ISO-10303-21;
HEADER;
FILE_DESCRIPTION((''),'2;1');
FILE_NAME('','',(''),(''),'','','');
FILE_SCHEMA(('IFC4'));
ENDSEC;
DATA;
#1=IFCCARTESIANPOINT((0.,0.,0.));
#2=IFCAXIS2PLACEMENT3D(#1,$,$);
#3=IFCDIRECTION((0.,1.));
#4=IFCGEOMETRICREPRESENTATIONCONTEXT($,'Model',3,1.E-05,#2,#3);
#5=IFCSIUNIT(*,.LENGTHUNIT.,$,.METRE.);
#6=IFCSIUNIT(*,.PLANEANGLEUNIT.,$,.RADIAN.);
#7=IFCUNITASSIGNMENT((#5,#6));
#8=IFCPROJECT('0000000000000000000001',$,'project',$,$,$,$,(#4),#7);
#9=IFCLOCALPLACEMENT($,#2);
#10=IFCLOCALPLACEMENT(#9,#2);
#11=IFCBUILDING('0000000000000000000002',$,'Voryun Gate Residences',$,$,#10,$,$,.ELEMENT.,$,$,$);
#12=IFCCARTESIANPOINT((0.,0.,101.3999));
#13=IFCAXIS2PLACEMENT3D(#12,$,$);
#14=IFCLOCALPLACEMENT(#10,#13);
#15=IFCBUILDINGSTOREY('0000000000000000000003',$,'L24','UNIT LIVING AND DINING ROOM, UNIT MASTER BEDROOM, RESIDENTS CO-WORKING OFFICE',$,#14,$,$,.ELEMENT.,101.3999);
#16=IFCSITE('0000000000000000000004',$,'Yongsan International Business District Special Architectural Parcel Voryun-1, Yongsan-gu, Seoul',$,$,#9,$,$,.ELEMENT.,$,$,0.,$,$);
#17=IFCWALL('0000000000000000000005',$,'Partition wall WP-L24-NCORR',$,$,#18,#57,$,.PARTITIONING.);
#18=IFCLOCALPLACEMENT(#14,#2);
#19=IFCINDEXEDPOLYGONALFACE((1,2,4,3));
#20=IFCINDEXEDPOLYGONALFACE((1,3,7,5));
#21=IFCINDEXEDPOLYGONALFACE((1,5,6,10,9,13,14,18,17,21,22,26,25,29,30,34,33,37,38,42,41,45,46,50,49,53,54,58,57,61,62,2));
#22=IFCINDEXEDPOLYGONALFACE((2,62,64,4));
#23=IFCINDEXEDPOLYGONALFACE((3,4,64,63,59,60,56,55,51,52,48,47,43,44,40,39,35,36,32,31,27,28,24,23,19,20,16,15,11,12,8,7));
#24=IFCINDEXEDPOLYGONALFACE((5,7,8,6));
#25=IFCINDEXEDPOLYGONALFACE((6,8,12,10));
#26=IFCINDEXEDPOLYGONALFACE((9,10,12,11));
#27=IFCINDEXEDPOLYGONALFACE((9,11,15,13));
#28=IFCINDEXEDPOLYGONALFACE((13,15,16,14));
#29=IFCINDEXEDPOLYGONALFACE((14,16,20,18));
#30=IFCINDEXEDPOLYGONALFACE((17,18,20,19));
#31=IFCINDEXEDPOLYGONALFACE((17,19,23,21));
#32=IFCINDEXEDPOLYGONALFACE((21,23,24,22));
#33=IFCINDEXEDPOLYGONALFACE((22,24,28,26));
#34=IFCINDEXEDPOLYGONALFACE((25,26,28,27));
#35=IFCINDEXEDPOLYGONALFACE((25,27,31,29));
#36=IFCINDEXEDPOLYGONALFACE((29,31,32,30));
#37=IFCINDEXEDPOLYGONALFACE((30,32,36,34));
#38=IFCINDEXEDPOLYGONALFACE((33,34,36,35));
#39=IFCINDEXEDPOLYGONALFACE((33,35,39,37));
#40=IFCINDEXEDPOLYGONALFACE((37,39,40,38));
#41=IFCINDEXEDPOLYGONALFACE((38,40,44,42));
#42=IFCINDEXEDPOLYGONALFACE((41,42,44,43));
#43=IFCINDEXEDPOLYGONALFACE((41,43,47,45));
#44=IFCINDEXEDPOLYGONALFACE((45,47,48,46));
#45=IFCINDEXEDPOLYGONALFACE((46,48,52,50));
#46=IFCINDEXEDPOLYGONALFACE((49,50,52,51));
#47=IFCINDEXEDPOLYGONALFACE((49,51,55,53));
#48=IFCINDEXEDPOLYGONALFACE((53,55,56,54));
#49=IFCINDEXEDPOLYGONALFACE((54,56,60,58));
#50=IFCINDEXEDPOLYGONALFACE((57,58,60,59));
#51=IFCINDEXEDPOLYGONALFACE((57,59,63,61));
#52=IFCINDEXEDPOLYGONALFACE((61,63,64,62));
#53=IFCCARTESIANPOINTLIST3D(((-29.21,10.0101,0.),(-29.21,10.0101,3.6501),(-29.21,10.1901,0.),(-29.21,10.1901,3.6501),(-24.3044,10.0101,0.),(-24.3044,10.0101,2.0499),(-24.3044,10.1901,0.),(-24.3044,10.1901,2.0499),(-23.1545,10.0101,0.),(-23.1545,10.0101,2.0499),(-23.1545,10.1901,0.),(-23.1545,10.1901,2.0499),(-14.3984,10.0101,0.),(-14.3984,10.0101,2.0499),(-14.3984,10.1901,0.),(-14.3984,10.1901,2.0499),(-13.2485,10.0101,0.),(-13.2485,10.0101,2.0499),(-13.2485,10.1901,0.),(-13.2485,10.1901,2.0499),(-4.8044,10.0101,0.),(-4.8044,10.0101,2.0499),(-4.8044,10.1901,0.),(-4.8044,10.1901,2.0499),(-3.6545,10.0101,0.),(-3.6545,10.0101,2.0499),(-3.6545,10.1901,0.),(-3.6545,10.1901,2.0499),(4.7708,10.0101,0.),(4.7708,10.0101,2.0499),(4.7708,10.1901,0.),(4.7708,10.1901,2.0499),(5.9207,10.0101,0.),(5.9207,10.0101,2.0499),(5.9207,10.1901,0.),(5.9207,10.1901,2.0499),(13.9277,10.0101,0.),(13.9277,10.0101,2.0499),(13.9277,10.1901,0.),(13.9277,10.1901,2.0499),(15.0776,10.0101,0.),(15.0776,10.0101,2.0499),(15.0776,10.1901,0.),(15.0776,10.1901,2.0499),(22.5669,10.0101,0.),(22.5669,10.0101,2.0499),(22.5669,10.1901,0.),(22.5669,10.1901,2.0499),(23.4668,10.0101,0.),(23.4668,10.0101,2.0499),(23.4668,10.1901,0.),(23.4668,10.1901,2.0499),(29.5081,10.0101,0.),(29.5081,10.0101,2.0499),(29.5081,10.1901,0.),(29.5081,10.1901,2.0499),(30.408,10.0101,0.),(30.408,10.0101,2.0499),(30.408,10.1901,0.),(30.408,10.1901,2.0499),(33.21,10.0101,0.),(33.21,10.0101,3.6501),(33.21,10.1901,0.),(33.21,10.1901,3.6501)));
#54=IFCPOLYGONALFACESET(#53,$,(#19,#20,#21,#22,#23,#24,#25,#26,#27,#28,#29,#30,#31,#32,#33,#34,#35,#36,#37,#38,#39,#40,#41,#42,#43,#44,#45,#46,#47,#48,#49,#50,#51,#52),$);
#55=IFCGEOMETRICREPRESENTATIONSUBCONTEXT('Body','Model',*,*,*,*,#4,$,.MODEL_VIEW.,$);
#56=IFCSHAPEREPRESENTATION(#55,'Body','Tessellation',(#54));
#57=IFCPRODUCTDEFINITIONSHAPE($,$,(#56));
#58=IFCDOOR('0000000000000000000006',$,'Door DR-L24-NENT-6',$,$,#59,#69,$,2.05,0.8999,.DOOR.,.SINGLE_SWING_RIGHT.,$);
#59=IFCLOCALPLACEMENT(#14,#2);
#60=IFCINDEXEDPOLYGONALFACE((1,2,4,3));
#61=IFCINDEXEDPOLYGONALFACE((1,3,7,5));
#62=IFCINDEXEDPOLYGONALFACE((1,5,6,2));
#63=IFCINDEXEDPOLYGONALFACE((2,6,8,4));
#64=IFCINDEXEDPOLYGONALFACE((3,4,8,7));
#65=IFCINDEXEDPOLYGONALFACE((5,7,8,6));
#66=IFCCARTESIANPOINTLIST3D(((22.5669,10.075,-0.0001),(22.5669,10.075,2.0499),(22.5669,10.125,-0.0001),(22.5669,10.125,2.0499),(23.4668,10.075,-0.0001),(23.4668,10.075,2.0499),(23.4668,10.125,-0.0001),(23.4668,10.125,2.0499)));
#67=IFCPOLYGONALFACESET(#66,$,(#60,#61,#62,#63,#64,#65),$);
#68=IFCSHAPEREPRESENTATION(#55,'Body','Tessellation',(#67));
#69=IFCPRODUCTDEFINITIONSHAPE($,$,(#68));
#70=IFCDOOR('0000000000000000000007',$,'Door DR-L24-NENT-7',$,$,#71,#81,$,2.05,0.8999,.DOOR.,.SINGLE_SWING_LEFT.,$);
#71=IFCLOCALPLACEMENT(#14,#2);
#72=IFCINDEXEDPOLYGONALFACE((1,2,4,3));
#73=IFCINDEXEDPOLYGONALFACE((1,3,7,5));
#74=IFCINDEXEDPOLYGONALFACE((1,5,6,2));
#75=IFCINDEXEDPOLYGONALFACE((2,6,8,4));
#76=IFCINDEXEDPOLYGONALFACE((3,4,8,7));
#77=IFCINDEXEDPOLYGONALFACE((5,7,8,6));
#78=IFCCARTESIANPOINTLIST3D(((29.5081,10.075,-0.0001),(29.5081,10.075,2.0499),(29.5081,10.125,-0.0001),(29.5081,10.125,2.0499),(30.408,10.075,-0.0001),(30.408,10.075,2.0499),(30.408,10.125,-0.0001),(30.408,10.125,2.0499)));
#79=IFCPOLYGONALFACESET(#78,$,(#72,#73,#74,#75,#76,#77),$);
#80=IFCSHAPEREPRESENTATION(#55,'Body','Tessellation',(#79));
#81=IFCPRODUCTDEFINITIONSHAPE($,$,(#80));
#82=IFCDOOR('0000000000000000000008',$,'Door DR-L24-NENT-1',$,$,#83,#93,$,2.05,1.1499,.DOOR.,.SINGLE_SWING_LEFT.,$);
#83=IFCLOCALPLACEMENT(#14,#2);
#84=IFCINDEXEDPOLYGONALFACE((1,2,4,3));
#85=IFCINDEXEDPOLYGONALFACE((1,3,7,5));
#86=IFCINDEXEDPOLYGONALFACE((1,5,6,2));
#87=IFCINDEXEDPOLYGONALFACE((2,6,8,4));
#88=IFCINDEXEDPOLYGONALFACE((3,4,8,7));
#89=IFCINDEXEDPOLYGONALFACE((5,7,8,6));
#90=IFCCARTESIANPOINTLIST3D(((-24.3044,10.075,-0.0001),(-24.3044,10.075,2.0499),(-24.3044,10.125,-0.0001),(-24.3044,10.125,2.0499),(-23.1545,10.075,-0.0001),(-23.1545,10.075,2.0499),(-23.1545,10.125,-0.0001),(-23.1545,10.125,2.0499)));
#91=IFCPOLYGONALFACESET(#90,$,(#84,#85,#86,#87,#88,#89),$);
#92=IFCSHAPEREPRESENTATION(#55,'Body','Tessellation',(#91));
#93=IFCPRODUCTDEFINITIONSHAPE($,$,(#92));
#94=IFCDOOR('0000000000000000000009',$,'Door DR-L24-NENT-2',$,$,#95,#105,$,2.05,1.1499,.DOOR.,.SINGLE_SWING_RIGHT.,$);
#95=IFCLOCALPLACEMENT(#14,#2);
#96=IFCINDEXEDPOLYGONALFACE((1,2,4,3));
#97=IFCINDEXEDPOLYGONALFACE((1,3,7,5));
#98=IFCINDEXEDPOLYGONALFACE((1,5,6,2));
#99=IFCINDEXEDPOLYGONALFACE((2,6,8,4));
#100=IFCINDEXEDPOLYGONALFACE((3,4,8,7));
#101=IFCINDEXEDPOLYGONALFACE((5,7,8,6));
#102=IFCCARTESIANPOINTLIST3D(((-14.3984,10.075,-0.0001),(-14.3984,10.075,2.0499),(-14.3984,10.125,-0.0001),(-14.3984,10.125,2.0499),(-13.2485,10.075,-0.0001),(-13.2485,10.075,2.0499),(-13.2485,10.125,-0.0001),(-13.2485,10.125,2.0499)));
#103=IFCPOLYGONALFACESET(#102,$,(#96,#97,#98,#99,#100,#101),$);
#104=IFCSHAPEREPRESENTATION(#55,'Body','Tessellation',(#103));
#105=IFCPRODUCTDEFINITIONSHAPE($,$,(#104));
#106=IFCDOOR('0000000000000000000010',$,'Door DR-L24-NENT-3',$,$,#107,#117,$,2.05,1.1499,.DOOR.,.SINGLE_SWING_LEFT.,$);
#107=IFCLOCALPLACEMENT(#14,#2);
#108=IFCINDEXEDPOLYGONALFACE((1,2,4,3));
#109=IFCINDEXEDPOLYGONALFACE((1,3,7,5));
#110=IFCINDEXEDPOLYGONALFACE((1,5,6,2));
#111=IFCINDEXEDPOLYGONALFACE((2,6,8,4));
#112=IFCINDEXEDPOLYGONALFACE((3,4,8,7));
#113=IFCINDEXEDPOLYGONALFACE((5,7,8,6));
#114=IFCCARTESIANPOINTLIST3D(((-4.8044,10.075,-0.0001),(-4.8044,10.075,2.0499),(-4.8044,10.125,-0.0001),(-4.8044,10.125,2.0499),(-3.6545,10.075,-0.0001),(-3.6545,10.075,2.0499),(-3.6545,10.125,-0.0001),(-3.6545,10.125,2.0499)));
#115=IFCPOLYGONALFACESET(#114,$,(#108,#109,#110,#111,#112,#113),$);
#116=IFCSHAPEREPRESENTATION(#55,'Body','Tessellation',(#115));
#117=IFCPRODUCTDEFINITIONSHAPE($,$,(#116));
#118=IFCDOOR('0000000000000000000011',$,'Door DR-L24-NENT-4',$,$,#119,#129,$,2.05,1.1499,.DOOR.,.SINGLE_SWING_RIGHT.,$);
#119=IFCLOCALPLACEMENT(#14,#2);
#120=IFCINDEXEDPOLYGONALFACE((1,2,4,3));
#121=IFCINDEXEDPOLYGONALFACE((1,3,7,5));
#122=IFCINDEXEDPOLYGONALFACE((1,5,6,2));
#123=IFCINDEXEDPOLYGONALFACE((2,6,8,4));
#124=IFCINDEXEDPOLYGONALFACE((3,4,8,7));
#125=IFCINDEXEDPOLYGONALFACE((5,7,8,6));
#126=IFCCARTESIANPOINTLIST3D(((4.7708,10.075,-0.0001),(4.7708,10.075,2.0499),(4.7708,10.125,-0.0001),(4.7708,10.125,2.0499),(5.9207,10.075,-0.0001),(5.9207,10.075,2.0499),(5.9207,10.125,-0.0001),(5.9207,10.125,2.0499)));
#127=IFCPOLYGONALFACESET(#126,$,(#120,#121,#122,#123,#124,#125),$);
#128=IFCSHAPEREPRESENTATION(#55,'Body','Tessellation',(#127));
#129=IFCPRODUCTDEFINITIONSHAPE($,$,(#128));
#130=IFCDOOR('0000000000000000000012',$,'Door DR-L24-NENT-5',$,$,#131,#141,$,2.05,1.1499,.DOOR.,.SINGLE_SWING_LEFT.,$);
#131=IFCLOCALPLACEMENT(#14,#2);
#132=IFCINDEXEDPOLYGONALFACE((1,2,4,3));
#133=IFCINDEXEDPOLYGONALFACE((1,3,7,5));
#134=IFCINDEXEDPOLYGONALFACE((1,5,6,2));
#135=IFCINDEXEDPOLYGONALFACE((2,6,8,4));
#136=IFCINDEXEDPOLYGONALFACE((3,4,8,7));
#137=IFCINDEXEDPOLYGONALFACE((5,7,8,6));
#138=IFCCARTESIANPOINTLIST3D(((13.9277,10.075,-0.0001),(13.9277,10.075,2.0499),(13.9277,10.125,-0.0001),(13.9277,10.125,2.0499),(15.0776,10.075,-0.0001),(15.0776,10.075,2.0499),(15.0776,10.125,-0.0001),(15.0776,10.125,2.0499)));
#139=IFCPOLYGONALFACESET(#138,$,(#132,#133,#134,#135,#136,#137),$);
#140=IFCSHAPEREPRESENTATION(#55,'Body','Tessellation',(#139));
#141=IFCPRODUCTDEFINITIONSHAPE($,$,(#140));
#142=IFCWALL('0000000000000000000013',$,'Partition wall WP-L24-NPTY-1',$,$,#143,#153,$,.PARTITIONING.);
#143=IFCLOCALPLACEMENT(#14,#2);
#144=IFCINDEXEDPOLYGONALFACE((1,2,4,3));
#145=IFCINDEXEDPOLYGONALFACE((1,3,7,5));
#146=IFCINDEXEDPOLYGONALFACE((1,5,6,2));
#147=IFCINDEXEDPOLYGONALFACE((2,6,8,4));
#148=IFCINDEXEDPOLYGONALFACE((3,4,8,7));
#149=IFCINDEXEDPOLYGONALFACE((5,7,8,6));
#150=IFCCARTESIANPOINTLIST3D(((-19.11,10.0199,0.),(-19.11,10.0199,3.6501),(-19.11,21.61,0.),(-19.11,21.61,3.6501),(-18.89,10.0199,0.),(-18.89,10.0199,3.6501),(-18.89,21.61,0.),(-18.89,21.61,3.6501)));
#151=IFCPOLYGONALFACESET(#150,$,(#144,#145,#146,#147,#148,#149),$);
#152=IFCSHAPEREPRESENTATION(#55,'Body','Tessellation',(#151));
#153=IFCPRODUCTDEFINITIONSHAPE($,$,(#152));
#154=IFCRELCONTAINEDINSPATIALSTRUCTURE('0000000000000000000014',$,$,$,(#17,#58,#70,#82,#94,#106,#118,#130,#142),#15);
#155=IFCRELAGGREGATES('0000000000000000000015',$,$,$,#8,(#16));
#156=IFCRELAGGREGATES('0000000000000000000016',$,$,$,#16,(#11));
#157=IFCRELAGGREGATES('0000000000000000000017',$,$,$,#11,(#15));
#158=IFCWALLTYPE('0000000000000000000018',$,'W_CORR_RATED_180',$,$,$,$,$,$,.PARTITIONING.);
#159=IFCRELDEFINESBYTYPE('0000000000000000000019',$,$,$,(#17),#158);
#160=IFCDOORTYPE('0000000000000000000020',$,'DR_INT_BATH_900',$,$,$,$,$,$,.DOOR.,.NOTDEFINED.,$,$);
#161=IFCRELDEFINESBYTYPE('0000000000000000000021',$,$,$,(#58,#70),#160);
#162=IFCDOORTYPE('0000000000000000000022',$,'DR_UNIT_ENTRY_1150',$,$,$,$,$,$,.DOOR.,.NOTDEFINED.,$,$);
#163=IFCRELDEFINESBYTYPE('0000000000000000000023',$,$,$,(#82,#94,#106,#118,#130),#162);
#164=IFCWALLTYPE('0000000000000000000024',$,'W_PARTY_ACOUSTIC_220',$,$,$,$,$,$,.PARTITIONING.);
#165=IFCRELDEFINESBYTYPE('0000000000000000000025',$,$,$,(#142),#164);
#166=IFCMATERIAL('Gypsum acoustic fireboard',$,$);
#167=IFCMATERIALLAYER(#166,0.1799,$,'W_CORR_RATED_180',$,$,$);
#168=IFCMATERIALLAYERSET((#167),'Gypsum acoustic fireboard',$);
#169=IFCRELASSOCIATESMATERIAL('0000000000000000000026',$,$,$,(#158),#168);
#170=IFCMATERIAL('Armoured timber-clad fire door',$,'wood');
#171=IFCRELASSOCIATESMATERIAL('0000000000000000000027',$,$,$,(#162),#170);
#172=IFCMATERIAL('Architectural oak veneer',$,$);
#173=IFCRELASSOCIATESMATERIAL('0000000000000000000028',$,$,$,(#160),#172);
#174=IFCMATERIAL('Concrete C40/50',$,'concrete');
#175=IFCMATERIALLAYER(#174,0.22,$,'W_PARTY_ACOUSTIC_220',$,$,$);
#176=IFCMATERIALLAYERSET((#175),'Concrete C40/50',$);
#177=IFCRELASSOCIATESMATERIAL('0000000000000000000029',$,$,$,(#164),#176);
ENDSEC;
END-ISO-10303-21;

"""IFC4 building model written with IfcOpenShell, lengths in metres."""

from ifc_helpers import new_model, si_unit, direction, frame, frame_2d, origin, place, context, subcontext, project, spatial, rectangle, extrude, material, layer, layer_set, type_object, element, fill, save


model = new_model("IFC4")

# Units and contexts
model_context = context("Model", 3, precision=1e-05, world=origin(), true_north=direction((0.0, 1.0)))
body_context = subcontext(model_context, "Body", "Model", "MODEL_VIEW")
ifc_project = project(units=[si_unit("LENGTHUNIT", "METRE"), si_unit("PLANEANGLEUNIT", "RADIAN")], contexts=[model_context])

# Site, building, storey
site_placement = place(None, origin())
site = spatial("IfcSite", under=ifc_project, at=site_placement, Name="Yongsan International Business District Special Architectural Parcel Voryun-1, Yongsan-gu, Seoul", CompositionType="ELEMENT", RefElevation=0.0)
building_placement = place(site_placement, origin())
building = spatial("IfcBuilding", under=site, at=building_placement, Name="Voryun Gate Residences", CompositionType="ELEMENT")
storey_placement = place(building_placement, frame((0.0, 0.0, 101.3999)))
storey = spatial("IfcBuildingStorey", under=building, at=storey_placement, Name="L24", Description="UNIT LIVING AND DINING ROOM, UNIT MASTER BEDROOM, RESIDENTS CO-WORKING OFFICE", CompositionType="ELEMENT", Elevation=101.3999)

# Shared definitions
ifc_material_1 = material(Name="Gypsum acoustic fireboard")
ifc_layer_1 = layer(ifc_material_1, 0.1799, Name="W_CORR_RATED_180")
ifc_layer_set_1 = layer_set([ifc_layer_1], Name="Gypsum acoustic fireboard")
wall_type_1 = type_object("IfcWallType", Name="W_CORR_RATED_180", PredefinedType="PARTITIONING", material=ifc_layer_set_1)
ifc_material_2 = material(Name="Armoured timber-clad fire door", Category="wood")
door_type_1 = type_object("IfcDoorType", Name="DR_UNIT_ENTRY_1150", OperationType="NOTDEFINED", PredefinedType="DOOR", material=ifc_material_2)

# Wall, openings, doors
wall_1_placement = place(storey_placement, frame((-29.21, 10.1001, 0.0), z_axis=(0.0, 0.0, 1.0), x_axis=(1.0, 0.0, 0.0)))
wall_1 = element("IfcWall", 1, at=wall_1_placement, inside=storey, type_object=wall_type_1, Name="Partition wall WP-L24-NCORR", PredefinedType="PARTITIONING", context=body_context, shape_type="SweptSolid", body=[
    extrude(rectangle(XDim=62.4199, YDim=0.1799, at=frame_2d((31.21, 0.0))), origin(), (0.0, 0.0, 1.0), 3.6501),
])
opening_1_placement = place(wall_1_placement, frame((4.9055, 0.0, 0.0)))
opening_1 = element("IfcOpeningElement", 2, at=opening_1_placement, cuts=wall_1, PredefinedType="OPENING", context=body_context, shape_type="SweptSolid", body=[
    extrude(rectangle(XDim=1.1499, YDim=2.05, at=frame_2d((0.575, 1.0249))), frame((0.0, 0.0999, 0.0), z_axis=(0.0, -1.0, 0.0), x_axis=(1.0, 0.0, 0.0)), (0.0, 0.0, 1.0), 0.2),
])
opening_2_placement = place(wall_1_placement, frame((14.8115, 0.0, 0.0)))
opening_2 = element("IfcOpeningElement", 3, at=opening_2_placement, cuts=wall_1, PredefinedType="OPENING", context=body_context, shape_type="SweptSolid", body=[
    extrude(rectangle(XDim=1.1499, YDim=2.05, at=frame_2d((0.575, 1.0249))), frame((0.0, 0.0999, 0.0), z_axis=(0.0, -1.0, 0.0), x_axis=(1.0, 0.0, 0.0)), (0.0, 0.0, 1.0), 0.2),
])
opening_3_placement = place(wall_1_placement, frame((24.4055, 0.0, 0.0)))
opening_3 = element("IfcOpeningElement", 4, at=opening_3_placement, cuts=wall_1, PredefinedType="OPENING", context=body_context, shape_type="SweptSolid", body=[
    extrude(rectangle(XDim=1.1499, YDim=2.05, at=frame_2d((0.575, 1.0249))), frame((0.0, 0.0999, 0.0), z_axis=(0.0, -1.0, 0.0), x_axis=(1.0, 0.0, 0.0)), (0.0, 0.0, 1.0), 0.2),
])
opening_4_placement = place(wall_1_placement, frame((33.9807, 0.0, 0.0)))
opening_4 = element("IfcOpeningElement", 5, at=opening_4_placement, cuts=wall_1, PredefinedType="OPENING", context=body_context, shape_type="SweptSolid", body=[
    extrude(rectangle(XDim=1.1499, YDim=2.05, at=frame_2d((0.575, 1.0249))), frame((0.0, 0.0999, 0.0), z_axis=(0.0, -1.0, 0.0), x_axis=(1.0, 0.0, 0.0)), (0.0, 0.0, 1.0), 0.2),
])
opening_5_placement = place(wall_1_placement, frame((43.1377, 0.0, 0.0)))
opening_5 = element("IfcOpeningElement", 6, at=opening_5_placement, cuts=wall_1, PredefinedType="OPENING", context=body_context, shape_type="SweptSolid", body=[
    extrude(rectangle(XDim=1.1499, YDim=2.05, at=frame_2d((0.575, 1.0249))), frame((0.0, 0.0999, 0.0), z_axis=(0.0, -1.0, 0.0), x_axis=(1.0, 0.0, 0.0)), (0.0, 0.0, 1.0), 0.2),
])
opening_6_placement = place(wall_1_placement, frame((51.7769, 0.0, 0.0)))
opening_6 = element("IfcOpeningElement", 7, at=opening_6_placement, cuts=wall_1, PredefinedType="OPENING", context=body_context, shape_type="SweptSolid", body=[
    extrude(rectangle(XDim=0.8999, YDim=2.05, at=frame_2d((0.45, 1.0249))), frame((0.0, 0.0999, 0.0), z_axis=(0.0, -1.0, 0.0), x_axis=(1.0, 0.0, 0.0)), (0.0, 0.0, 1.0), 0.2),
])
opening_7_placement = place(wall_1_placement, frame((58.718, 0.0, 0.0)))
opening_7 = element("IfcOpeningElement", 8, at=opening_7_placement, cuts=wall_1, PredefinedType="OPENING", context=body_context, shape_type="SweptSolid", body=[
    extrude(rectangle(XDim=0.8999, YDim=2.05, at=frame_2d((0.45, 1.0249))), frame((0.0, 0.0999, 0.0), z_axis=(0.0, -1.0, 0.0), x_axis=(1.0, 0.0, 0.0)), (0.0, 0.0, 1.0), 0.2),
])
ifc_material_3 = material(Name="Architectural oak veneer")
door_type_2 = type_object("IfcDoorType", Name="DR_INT_BATH_900", OperationType="NOTDEFINED", PredefinedType="DOOR", material=ifc_material_3)
door_1_placement = place(opening_6_placement, origin())
door_1 = element("IfcDoor", 9, at=door_1_placement, inside=storey, type_object=door_type_2, Name="Door DR-L24-NENT-6", OperationType="SINGLE_SWING_RIGHT", OverallHeight=2.05, OverallWidth=0.8999, PredefinedType="DOOR", context=body_context, shape_type="SweptSolid", body=[
    extrude(rectangle(XDim=0.8999, YDim=2.05, at=frame_2d((0.45, 1.0249))), frame((0.0, 0.0249, 0.0), z_axis=(0.0, -1.0, 0.0), x_axis=(1.0, 0.0, 0.0)), (0.0, 0.0, 1.0), 0.05),
])
fill(opening_6, door_1)
door_2_placement = place(opening_7_placement, origin())
door_2 = element("IfcDoor", 10, at=door_2_placement, inside=storey, type_object=door_type_2, Name="Door DR-L24-NENT-7", OperationType="SINGLE_SWING_LEFT", OverallHeight=2.05, OverallWidth=0.8999, PredefinedType="DOOR", context=body_context, shape_type="SweptSolid", body=[
    extrude(rectangle(XDim=0.8999, YDim=2.05, at=frame_2d((0.45, 1.0249))), frame((0.0, 0.0249, 0.0), z_axis=(0.0, -1.0, 0.0), x_axis=(1.0, 0.0, 0.0)), (0.0, 0.0, 1.0), 0.05),
])
fill(opening_7, door_2)
door_3_placement = place(opening_1_placement, origin())
door_3 = element("IfcDoor", 11, at=door_3_placement, inside=storey, type_object=door_type_1, Name="Door DR-L24-NENT-1", OperationType="SINGLE_SWING_LEFT", OverallHeight=2.05, OverallWidth=1.1499, PredefinedType="DOOR", context=body_context, shape_type="SweptSolid", body=[
    extrude(rectangle(XDim=1.1499, YDim=2.05, at=frame_2d((0.575, 1.0249))), frame((0.0, 0.0249, 0.0), z_axis=(0.0, -1.0, 0.0), x_axis=(1.0, 0.0, 0.0)), (0.0, 0.0, 1.0), 0.05),
])
fill(opening_1, door_3)
door_4_placement = place(opening_2_placement, origin())
door_4 = element("IfcDoor", 12, at=door_4_placement, inside=storey, type_object=door_type_1, Name="Door DR-L24-NENT-2", OperationType="SINGLE_SWING_RIGHT", OverallHeight=2.05, OverallWidth=1.1499, PredefinedType="DOOR", context=body_context, shape_type="SweptSolid", body=[
    extrude(rectangle(XDim=1.1499, YDim=2.05, at=frame_2d((0.575, 1.0249))), frame((0.0, 0.0249, 0.0), z_axis=(0.0, -1.0, 0.0), x_axis=(1.0, 0.0, 0.0)), (0.0, 0.0, 1.0), 0.05),
])
fill(opening_2, door_4)
door_5_placement = place(opening_3_placement, origin())
door_5 = element("IfcDoor", 13, at=door_5_placement, inside=storey, type_object=door_type_1, Name="Door DR-L24-NENT-3", OperationType="SINGLE_SWING_LEFT", OverallHeight=2.05, OverallWidth=1.1499, PredefinedType="DOOR", context=body_context, shape_type="SweptSolid", body=[
    extrude(rectangle(XDim=1.1499, YDim=2.05, at=frame_2d((0.575, 1.0249))), frame((0.0, 0.0249, 0.0), z_axis=(0.0, -1.0, 0.0), x_axis=(1.0, 0.0, 0.0)), (0.0, 0.0, 1.0), 0.05),
])
fill(opening_3, door_5)
door_6_placement = place(opening_4_placement, origin())
door_6 = element("IfcDoor", 14, at=door_6_placement, inside=storey, type_object=door_type_1, Name="Door DR-L24-NENT-4", OperationType="SINGLE_SWING_RIGHT", OverallHeight=2.05, OverallWidth=1.1499, PredefinedType="DOOR", context=body_context, shape_type="SweptSolid", body=[
    extrude(rectangle(XDim=1.1499, YDim=2.05, at=frame_2d((0.575, 1.0249))), frame((0.0, 0.0249, 0.0), z_axis=(0.0, -1.0, 0.0), x_axis=(1.0, 0.0, 0.0)), (0.0, 0.0, 1.0), 0.05),
])
fill(opening_4, door_6)
door_7_placement = place(opening_5_placement, origin())
door_7 = element("IfcDoor", 15, at=door_7_placement, inside=storey, type_object=door_type_1, Name="Door DR-L24-NENT-5", OperationType="SINGLE_SWING_LEFT", OverallHeight=2.05, OverallWidth=1.1499, PredefinedType="DOOR", context=body_context, shape_type="SweptSolid", body=[
    extrude(rectangle(XDim=1.1499, YDim=2.05, at=frame_2d((0.575, 1.0249))), frame((0.0, 0.0249, 0.0), z_axis=(0.0, -1.0, 0.0), x_axis=(1.0, 0.0, 0.0)), (0.0, 0.0, 1.0), 0.05),
])
fill(opening_5, door_7)

# Wall
ifc_material_4 = material(Name="Concrete C40/50", Category="concrete")
ifc_layer_2 = layer(ifc_material_4, 0.22, Name="W_PARTY_ACOUSTIC_220")
ifc_layer_set_2 = layer_set([ifc_layer_2], Name="Concrete C40/50")
wall_type_2 = type_object("IfcWallType", Name="W_PARTY_ACOUSTIC_220", PredefinedType="PARTITIONING", material=ifc_layer_set_2)
wall_2_placement = place(storey_placement, frame((-19.0, 10.02, 0.0), z_axis=(0.0, 0.0, 1.0), x_axis=(0.0, 1.0, 0.0)))
element("IfcWall", 16, at=wall_2_placement, inside=storey, type_object=wall_type_2, Name="Partition wall WP-L24-NPTY-1", PredefinedType="PARTITIONING", context=body_context, shape_type="SweptSolid", body=[
    extrude(rectangle(XDim=11.5901, YDim=0.22, at=frame_2d((5.7949, 0.0))), origin(), (0.0, 0.0, 1.0), 3.6501),
])

save(model, "model.ifc")
